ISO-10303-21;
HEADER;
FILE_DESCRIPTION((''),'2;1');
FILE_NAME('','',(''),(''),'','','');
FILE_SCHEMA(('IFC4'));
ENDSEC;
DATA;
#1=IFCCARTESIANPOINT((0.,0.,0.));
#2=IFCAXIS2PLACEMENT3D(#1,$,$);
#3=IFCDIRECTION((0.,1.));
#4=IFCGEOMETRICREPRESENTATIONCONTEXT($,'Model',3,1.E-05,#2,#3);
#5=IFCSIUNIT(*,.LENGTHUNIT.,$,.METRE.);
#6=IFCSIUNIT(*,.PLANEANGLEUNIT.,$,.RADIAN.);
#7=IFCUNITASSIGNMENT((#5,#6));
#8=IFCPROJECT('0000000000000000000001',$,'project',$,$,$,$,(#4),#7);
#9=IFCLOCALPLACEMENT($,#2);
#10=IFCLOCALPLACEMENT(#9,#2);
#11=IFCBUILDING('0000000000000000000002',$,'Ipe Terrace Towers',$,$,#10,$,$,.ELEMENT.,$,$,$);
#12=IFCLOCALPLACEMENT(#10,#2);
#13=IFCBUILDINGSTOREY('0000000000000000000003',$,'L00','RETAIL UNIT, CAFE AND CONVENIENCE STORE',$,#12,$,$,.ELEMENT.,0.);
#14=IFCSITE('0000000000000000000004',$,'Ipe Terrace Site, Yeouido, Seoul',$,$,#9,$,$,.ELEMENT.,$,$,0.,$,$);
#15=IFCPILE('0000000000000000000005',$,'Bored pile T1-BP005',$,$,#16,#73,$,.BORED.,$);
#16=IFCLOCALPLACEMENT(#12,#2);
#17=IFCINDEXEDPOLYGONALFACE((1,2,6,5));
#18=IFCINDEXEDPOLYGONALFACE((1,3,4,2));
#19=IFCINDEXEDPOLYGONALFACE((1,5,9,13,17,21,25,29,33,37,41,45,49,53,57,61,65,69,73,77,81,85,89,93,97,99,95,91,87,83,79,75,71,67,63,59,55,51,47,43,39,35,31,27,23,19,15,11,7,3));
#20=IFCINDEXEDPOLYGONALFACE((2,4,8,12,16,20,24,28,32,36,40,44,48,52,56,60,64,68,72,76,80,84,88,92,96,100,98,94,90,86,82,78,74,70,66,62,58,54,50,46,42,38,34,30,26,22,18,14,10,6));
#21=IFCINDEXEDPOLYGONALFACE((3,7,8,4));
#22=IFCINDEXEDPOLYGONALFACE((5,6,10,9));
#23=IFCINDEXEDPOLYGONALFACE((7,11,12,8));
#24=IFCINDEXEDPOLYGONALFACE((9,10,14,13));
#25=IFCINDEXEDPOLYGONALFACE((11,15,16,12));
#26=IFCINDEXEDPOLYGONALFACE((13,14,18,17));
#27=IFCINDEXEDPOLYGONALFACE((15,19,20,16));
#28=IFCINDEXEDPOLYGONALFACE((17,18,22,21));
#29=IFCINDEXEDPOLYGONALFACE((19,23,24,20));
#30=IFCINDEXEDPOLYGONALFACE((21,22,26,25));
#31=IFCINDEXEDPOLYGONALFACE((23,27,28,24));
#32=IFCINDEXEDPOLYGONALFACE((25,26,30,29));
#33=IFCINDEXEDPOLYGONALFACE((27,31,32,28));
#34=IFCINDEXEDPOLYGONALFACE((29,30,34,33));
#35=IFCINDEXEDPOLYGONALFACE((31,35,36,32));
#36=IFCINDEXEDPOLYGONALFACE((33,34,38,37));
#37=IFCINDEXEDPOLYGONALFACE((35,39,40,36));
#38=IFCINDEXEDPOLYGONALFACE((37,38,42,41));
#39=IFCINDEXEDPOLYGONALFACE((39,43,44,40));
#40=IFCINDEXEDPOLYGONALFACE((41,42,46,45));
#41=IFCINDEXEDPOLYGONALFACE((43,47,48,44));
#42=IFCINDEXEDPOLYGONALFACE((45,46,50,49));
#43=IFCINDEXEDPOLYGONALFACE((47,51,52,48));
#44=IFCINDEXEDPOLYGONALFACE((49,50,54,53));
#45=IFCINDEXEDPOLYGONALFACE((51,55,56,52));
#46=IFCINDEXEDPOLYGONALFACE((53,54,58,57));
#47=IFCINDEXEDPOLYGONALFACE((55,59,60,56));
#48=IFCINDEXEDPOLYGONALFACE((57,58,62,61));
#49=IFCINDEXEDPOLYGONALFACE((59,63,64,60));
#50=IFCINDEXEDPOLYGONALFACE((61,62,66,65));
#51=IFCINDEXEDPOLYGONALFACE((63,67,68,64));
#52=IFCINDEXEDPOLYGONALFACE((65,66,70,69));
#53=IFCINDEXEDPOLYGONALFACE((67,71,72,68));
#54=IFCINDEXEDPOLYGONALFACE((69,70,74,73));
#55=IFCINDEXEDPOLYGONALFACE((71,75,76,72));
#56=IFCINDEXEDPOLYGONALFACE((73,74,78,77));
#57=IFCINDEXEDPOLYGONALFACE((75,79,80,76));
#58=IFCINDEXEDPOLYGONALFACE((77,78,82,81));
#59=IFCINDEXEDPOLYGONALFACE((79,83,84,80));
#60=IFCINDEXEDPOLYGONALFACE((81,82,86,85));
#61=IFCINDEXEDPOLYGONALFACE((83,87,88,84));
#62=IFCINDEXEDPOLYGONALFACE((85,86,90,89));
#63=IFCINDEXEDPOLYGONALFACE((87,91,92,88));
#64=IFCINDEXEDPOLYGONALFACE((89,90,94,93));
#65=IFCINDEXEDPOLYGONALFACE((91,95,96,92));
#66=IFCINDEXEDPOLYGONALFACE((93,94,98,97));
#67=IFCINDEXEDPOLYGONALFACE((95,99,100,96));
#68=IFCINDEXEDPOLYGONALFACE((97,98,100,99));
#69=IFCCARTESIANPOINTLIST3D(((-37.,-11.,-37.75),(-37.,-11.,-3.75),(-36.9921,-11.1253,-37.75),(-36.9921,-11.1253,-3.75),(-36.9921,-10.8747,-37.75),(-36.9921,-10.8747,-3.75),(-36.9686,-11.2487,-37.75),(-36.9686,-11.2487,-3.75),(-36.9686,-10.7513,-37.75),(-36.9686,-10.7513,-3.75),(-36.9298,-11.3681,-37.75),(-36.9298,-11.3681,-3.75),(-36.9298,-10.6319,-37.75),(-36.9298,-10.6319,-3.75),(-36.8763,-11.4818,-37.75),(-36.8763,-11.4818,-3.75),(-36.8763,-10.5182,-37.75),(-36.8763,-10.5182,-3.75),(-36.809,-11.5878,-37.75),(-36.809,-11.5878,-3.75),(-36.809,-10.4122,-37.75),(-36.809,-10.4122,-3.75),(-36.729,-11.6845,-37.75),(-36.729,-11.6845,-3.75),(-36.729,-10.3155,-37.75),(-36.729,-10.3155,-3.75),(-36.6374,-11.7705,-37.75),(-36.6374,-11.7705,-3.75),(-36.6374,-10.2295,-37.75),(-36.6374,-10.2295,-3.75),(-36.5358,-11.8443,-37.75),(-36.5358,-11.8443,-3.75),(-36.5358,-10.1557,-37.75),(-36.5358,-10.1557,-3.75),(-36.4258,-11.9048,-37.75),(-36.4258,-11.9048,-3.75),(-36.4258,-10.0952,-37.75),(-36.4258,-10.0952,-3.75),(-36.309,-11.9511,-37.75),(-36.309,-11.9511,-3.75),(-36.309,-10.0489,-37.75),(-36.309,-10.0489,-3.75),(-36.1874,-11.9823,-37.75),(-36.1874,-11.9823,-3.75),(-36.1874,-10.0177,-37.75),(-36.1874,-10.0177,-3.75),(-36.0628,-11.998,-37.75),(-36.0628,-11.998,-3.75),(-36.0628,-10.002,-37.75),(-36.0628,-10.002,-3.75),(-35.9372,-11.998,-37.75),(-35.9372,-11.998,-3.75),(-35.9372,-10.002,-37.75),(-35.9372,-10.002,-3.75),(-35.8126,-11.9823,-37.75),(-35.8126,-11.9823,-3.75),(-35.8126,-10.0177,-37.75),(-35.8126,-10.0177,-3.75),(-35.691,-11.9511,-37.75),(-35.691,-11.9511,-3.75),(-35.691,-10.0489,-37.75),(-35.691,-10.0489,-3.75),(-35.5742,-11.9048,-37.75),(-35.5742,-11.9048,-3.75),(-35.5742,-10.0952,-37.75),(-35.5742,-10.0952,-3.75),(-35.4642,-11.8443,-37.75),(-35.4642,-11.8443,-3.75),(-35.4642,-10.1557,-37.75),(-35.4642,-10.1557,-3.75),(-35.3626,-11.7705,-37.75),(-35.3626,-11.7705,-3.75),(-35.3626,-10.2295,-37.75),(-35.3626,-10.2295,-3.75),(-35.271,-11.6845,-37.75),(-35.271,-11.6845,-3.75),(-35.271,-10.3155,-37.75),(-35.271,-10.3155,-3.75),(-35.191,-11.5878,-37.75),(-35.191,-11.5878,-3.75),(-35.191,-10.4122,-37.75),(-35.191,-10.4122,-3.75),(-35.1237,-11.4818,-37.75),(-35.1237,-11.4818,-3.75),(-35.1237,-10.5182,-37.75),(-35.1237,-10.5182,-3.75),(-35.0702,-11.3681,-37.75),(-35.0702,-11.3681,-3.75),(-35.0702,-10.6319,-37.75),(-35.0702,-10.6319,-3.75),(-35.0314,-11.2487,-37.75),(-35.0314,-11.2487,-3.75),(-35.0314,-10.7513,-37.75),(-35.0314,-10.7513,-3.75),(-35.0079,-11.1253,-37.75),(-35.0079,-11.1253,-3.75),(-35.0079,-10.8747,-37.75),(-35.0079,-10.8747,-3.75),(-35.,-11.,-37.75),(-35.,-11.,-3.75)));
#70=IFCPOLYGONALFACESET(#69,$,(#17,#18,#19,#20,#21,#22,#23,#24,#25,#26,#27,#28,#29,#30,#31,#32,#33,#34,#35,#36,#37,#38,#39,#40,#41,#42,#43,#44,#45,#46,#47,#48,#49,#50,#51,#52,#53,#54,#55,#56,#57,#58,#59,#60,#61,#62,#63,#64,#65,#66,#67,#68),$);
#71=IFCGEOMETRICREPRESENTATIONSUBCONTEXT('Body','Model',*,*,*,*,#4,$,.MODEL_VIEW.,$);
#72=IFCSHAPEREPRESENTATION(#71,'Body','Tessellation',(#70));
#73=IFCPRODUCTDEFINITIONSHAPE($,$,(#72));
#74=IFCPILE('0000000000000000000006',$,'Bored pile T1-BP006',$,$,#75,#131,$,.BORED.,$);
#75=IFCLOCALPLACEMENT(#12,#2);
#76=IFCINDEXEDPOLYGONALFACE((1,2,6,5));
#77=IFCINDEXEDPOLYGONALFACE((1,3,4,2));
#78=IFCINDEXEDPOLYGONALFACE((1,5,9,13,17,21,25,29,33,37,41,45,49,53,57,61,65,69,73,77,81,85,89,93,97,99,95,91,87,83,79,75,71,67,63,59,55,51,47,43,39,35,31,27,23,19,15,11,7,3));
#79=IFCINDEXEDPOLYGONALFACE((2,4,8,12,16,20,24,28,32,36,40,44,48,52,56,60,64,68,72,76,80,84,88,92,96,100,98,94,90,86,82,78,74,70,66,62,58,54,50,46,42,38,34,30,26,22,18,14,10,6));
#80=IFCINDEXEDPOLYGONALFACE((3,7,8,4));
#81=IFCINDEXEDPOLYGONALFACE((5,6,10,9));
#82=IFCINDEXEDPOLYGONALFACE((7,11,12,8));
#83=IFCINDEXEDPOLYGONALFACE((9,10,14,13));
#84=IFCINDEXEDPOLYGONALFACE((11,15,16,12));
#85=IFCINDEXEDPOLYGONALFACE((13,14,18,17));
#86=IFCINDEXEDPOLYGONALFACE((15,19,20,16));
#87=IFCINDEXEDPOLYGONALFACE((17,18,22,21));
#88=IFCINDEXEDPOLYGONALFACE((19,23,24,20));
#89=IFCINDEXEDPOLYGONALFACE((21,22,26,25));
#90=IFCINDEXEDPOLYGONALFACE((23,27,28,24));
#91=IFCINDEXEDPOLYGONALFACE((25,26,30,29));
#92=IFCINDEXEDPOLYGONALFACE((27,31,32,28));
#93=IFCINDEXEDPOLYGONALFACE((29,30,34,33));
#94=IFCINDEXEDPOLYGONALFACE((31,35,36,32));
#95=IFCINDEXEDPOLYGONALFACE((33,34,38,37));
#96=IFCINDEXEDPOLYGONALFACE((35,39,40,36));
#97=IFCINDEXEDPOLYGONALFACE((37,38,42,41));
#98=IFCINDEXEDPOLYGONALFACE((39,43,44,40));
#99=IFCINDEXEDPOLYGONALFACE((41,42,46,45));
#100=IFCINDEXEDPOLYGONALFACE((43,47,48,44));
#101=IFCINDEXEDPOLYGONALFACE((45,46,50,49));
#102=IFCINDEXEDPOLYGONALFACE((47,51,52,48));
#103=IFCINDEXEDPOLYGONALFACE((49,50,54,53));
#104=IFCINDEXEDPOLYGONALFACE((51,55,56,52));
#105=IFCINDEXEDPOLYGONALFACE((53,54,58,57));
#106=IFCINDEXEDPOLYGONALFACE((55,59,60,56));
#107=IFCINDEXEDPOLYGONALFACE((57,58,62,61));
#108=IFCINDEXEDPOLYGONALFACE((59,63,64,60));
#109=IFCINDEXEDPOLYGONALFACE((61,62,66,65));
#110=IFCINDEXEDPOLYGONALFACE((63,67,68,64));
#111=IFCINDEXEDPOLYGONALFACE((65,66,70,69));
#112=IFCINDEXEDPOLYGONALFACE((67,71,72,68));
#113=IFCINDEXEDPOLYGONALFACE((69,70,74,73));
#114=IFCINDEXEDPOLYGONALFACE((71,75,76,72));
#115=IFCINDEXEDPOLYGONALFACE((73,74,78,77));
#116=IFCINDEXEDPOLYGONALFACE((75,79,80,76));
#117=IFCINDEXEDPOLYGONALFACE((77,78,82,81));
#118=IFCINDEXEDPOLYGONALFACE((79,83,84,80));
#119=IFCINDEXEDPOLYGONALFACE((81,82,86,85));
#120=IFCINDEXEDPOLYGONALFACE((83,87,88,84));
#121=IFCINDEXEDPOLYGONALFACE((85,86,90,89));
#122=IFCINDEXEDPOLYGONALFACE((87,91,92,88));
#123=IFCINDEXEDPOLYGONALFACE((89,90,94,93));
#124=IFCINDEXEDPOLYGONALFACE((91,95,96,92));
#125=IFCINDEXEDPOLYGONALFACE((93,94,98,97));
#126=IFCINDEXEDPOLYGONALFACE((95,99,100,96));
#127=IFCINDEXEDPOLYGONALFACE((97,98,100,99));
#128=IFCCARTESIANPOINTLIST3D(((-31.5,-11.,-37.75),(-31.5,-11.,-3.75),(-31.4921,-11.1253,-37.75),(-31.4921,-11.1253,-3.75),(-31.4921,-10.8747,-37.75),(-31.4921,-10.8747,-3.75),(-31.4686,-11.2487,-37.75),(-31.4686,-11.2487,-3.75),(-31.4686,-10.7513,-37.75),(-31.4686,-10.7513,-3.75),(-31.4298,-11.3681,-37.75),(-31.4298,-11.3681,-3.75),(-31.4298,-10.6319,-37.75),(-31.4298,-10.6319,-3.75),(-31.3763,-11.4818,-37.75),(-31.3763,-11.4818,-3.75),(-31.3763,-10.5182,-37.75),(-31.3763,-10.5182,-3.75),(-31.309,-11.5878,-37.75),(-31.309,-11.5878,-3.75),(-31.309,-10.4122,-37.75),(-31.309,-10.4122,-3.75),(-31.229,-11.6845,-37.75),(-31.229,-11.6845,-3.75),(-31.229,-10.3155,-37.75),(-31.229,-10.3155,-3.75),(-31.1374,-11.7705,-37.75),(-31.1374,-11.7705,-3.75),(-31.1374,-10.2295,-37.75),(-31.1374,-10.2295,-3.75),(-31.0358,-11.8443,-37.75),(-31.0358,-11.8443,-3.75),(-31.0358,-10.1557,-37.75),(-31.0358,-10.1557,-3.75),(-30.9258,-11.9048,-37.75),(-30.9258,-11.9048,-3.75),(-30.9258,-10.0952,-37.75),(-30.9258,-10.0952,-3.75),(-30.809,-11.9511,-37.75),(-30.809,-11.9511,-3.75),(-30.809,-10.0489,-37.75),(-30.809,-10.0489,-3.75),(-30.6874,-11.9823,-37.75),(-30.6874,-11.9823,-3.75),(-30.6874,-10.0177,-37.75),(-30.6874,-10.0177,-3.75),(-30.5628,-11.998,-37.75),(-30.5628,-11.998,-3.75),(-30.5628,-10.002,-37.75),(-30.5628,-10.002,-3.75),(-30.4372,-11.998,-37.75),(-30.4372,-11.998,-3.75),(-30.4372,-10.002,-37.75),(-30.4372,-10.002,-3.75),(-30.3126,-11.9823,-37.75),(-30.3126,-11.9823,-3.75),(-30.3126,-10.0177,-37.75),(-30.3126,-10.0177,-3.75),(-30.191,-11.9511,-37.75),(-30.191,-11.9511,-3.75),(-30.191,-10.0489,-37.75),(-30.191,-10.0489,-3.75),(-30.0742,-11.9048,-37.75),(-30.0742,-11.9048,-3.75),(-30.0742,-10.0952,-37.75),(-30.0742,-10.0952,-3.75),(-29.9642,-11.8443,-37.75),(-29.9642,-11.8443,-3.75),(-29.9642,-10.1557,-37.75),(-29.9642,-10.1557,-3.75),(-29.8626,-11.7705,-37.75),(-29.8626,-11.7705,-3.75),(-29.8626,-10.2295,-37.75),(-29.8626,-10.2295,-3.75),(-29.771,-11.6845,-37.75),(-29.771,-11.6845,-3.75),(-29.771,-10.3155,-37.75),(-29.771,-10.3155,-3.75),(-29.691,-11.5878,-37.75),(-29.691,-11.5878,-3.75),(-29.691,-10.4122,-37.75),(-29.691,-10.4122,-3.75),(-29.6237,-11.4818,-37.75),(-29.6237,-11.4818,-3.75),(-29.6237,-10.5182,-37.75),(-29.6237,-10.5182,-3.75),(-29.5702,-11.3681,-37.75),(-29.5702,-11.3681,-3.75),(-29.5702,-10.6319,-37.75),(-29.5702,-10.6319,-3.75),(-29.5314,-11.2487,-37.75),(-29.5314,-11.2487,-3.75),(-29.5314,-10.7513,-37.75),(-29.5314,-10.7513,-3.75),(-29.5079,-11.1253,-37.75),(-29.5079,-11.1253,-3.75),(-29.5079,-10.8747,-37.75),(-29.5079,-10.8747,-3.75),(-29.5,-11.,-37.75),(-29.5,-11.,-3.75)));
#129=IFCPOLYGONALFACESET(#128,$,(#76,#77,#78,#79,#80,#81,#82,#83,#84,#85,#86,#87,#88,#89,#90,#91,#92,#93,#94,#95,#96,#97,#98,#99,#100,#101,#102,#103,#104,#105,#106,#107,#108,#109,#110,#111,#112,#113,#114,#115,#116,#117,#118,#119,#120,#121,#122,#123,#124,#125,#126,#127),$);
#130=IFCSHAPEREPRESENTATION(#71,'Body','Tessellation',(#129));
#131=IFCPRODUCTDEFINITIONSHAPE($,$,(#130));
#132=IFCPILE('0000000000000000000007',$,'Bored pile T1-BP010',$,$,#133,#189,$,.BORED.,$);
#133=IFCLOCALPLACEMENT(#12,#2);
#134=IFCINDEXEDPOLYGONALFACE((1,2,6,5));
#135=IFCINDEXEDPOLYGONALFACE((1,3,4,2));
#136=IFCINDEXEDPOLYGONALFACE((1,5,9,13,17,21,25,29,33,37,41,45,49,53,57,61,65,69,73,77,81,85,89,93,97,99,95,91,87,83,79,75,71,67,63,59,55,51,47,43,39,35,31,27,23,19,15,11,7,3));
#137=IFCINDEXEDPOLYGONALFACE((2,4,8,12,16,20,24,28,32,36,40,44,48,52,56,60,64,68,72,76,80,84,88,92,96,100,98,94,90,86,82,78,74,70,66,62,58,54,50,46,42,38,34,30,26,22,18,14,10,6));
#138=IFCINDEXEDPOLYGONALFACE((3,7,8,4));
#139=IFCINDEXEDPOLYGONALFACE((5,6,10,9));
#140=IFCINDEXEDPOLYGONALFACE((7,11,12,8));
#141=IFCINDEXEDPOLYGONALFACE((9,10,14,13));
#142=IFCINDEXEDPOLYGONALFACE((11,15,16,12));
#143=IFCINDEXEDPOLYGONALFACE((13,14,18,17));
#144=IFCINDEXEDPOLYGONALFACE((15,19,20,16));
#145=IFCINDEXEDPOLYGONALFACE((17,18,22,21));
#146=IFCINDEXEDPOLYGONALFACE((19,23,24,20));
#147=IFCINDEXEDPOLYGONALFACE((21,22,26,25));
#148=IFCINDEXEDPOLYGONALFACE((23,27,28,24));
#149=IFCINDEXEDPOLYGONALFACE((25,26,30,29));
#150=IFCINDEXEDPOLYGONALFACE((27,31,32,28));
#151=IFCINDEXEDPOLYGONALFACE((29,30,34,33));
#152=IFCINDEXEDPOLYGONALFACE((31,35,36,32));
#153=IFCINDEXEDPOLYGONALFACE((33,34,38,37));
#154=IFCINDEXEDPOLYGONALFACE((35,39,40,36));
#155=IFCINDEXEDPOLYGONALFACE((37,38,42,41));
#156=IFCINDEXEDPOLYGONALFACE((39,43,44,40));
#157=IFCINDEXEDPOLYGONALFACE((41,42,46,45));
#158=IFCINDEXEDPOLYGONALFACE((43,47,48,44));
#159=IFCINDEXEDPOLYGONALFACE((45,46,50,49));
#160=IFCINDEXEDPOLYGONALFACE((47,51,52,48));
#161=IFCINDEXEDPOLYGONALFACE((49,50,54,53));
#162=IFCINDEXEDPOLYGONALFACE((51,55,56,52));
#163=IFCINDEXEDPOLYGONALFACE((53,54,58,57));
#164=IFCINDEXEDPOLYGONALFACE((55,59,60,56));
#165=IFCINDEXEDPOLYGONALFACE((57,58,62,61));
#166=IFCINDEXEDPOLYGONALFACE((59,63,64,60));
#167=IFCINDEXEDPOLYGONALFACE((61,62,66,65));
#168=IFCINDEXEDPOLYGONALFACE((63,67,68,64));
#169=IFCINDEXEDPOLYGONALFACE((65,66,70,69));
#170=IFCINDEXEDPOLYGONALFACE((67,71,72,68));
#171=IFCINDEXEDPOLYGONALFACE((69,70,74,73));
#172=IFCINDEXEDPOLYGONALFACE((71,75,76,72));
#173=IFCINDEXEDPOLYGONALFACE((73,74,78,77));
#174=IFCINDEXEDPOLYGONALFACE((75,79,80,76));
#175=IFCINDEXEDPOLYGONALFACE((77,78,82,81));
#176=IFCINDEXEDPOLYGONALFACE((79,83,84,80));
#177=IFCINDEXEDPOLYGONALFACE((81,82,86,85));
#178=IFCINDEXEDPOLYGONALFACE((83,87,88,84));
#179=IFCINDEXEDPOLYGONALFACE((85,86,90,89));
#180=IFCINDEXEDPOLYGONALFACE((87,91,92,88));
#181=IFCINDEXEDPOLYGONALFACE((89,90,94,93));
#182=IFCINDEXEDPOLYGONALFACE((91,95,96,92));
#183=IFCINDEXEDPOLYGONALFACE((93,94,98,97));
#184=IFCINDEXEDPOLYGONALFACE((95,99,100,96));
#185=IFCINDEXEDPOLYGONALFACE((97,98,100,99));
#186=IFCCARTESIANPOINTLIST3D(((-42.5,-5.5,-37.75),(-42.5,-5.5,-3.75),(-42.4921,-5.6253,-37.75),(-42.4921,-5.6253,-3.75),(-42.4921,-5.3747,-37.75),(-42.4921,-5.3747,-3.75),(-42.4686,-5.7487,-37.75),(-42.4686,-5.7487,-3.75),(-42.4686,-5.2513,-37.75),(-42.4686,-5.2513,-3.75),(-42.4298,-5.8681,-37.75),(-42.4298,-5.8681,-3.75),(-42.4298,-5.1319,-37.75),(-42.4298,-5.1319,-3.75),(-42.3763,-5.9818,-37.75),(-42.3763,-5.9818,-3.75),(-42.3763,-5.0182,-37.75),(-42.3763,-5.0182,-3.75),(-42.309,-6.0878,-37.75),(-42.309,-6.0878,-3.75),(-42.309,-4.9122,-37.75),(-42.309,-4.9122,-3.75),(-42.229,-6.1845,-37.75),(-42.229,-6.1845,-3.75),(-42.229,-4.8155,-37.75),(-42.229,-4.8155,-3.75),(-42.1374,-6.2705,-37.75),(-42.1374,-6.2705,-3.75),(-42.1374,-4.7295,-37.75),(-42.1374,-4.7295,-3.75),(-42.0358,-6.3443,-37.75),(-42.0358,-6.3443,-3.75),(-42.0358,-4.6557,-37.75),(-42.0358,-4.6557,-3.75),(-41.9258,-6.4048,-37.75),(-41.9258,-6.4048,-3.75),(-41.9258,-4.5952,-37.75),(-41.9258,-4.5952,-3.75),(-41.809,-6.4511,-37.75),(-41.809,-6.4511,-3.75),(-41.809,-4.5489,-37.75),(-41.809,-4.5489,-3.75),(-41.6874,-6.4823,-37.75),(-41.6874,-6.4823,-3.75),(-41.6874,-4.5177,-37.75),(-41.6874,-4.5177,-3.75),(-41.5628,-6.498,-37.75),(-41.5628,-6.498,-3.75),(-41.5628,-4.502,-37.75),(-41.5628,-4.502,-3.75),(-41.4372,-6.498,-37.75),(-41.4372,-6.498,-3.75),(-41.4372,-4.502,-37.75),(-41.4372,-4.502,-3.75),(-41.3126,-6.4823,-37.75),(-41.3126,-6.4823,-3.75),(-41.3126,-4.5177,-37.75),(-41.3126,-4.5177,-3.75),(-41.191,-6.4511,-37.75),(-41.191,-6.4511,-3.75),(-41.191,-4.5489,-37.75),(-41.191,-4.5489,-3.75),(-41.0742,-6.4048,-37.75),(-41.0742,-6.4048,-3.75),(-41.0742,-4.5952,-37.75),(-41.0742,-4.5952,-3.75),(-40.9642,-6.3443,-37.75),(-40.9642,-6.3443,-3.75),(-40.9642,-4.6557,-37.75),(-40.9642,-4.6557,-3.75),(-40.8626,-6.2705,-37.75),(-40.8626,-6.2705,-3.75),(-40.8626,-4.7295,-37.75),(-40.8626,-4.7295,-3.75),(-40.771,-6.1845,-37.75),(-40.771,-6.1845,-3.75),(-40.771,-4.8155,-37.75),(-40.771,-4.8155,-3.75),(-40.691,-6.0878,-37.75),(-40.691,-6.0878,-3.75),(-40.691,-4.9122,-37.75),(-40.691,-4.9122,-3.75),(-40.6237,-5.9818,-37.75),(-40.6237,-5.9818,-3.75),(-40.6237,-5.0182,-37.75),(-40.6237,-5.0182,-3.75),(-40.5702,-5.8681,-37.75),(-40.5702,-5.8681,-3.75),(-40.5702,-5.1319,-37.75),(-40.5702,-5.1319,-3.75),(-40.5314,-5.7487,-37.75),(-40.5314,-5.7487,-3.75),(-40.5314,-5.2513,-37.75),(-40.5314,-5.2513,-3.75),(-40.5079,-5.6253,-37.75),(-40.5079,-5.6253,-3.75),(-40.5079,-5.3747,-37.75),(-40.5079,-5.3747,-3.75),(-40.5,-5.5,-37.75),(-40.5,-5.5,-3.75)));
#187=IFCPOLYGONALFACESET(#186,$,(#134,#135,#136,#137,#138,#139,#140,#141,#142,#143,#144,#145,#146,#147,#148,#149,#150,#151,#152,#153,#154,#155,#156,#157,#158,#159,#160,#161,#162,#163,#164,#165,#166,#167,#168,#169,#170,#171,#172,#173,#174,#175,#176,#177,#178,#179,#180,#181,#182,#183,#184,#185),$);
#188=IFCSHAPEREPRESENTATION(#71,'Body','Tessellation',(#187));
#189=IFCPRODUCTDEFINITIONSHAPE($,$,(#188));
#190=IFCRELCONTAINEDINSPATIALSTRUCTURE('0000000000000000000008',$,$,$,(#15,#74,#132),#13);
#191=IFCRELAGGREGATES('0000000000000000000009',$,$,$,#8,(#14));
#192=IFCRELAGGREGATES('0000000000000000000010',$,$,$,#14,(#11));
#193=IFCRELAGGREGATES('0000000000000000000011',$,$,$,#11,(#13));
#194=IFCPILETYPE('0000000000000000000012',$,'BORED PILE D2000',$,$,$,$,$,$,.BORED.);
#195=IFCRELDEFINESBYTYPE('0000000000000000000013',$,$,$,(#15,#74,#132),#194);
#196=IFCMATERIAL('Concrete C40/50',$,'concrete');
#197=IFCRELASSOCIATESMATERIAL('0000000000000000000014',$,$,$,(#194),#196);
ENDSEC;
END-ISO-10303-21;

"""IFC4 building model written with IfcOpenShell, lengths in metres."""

from ifc_helpers import new_model, si_unit, direction, frame, origin, origin_2d, place, context, subcontext, project, spatial, circle, extrude, material, material_profile, profile_set, type_object, element, save


model = new_model("IFC4")

# Units and contexts
model_context = context("Model", 3, precision=1e-05, world=origin(), true_north=direction((0.0, 1.0)))
body_context = subcontext(model_context, "Body", "Model", "MODEL_VIEW")
ifc_project = project(units=[si_unit("LENGTHUNIT", "METRE"), si_unit("PLANEANGLEUNIT", "RADIAN")], contexts=[model_context])

# Site, building, storey
site_placement = place(None, origin())
site = spatial("IfcSite", under=ifc_project, at=site_placement, Name="Ipe Terrace Site, Yeouido, Seoul", CompositionType="ELEMENT", RefElevation=0.0)
building_placement = place(site_placement, origin())
building = spatial("IfcBuilding", under=site, at=building_placement, Name="Ipe Terrace Towers", CompositionType="ELEMENT")
storey_placement = place(building_placement, origin())
storey = spatial("IfcBuildingStorey", under=building, at=storey_placement, Name="L00", Description="RETAIL UNIT, CAFE AND CONVENIENCE STORE", CompositionType="ELEMENT", Elevation=0.0)

# Piles
ifc_material_1 = material(Name="Concrete C40/50", Category="concrete")
ifc_material_profile_1 = material_profile(ifc_material_1, circle(Radius=1.0, at=origin_2d()), Name="BORED PILE D2000")
ifc_profile_set_1 = profile_set([ifc_material_profile_1], Name="Concrete C40/50")
pile_type = type_object("IfcPileType", Name="BORED PILE D2000", PredefinedType="BORED", material=ifc_profile_set_1)
for number, where, z_axis, x_axis, name in (
    (1, (-36.0, -11.0, -3.75), (0.0, 0.0, -1.0), (1.0, 0.0, 0.0), "Bored pile T1-BP005"),
    (2, (-30.5, -11.0, -3.75), (0.0, 0.0, -1.0), (1.0, 0.0, 0.0), "Bored pile T1-BP006"),
    (3, (-41.5, -5.5, -3.75), (0.0, 0.0, -1.0), (1.0, 0.0, 0.0), "Bored pile T1-BP010"),
):
    element("IfcPile", number, at=place(storey_placement, frame(where, z_axis=z_axis, x_axis=x_axis)), inside=storey, type_object=pile_type, Name=name, PredefinedType="BORED", context=body_context, shape_type="SweptSolid", body=[
        extrude(circle(Radius=1.0, at=origin_2d()), origin(), (0.0, 0.0, 1.0), 34.0),
    ])

save(model, "model.ifc")
